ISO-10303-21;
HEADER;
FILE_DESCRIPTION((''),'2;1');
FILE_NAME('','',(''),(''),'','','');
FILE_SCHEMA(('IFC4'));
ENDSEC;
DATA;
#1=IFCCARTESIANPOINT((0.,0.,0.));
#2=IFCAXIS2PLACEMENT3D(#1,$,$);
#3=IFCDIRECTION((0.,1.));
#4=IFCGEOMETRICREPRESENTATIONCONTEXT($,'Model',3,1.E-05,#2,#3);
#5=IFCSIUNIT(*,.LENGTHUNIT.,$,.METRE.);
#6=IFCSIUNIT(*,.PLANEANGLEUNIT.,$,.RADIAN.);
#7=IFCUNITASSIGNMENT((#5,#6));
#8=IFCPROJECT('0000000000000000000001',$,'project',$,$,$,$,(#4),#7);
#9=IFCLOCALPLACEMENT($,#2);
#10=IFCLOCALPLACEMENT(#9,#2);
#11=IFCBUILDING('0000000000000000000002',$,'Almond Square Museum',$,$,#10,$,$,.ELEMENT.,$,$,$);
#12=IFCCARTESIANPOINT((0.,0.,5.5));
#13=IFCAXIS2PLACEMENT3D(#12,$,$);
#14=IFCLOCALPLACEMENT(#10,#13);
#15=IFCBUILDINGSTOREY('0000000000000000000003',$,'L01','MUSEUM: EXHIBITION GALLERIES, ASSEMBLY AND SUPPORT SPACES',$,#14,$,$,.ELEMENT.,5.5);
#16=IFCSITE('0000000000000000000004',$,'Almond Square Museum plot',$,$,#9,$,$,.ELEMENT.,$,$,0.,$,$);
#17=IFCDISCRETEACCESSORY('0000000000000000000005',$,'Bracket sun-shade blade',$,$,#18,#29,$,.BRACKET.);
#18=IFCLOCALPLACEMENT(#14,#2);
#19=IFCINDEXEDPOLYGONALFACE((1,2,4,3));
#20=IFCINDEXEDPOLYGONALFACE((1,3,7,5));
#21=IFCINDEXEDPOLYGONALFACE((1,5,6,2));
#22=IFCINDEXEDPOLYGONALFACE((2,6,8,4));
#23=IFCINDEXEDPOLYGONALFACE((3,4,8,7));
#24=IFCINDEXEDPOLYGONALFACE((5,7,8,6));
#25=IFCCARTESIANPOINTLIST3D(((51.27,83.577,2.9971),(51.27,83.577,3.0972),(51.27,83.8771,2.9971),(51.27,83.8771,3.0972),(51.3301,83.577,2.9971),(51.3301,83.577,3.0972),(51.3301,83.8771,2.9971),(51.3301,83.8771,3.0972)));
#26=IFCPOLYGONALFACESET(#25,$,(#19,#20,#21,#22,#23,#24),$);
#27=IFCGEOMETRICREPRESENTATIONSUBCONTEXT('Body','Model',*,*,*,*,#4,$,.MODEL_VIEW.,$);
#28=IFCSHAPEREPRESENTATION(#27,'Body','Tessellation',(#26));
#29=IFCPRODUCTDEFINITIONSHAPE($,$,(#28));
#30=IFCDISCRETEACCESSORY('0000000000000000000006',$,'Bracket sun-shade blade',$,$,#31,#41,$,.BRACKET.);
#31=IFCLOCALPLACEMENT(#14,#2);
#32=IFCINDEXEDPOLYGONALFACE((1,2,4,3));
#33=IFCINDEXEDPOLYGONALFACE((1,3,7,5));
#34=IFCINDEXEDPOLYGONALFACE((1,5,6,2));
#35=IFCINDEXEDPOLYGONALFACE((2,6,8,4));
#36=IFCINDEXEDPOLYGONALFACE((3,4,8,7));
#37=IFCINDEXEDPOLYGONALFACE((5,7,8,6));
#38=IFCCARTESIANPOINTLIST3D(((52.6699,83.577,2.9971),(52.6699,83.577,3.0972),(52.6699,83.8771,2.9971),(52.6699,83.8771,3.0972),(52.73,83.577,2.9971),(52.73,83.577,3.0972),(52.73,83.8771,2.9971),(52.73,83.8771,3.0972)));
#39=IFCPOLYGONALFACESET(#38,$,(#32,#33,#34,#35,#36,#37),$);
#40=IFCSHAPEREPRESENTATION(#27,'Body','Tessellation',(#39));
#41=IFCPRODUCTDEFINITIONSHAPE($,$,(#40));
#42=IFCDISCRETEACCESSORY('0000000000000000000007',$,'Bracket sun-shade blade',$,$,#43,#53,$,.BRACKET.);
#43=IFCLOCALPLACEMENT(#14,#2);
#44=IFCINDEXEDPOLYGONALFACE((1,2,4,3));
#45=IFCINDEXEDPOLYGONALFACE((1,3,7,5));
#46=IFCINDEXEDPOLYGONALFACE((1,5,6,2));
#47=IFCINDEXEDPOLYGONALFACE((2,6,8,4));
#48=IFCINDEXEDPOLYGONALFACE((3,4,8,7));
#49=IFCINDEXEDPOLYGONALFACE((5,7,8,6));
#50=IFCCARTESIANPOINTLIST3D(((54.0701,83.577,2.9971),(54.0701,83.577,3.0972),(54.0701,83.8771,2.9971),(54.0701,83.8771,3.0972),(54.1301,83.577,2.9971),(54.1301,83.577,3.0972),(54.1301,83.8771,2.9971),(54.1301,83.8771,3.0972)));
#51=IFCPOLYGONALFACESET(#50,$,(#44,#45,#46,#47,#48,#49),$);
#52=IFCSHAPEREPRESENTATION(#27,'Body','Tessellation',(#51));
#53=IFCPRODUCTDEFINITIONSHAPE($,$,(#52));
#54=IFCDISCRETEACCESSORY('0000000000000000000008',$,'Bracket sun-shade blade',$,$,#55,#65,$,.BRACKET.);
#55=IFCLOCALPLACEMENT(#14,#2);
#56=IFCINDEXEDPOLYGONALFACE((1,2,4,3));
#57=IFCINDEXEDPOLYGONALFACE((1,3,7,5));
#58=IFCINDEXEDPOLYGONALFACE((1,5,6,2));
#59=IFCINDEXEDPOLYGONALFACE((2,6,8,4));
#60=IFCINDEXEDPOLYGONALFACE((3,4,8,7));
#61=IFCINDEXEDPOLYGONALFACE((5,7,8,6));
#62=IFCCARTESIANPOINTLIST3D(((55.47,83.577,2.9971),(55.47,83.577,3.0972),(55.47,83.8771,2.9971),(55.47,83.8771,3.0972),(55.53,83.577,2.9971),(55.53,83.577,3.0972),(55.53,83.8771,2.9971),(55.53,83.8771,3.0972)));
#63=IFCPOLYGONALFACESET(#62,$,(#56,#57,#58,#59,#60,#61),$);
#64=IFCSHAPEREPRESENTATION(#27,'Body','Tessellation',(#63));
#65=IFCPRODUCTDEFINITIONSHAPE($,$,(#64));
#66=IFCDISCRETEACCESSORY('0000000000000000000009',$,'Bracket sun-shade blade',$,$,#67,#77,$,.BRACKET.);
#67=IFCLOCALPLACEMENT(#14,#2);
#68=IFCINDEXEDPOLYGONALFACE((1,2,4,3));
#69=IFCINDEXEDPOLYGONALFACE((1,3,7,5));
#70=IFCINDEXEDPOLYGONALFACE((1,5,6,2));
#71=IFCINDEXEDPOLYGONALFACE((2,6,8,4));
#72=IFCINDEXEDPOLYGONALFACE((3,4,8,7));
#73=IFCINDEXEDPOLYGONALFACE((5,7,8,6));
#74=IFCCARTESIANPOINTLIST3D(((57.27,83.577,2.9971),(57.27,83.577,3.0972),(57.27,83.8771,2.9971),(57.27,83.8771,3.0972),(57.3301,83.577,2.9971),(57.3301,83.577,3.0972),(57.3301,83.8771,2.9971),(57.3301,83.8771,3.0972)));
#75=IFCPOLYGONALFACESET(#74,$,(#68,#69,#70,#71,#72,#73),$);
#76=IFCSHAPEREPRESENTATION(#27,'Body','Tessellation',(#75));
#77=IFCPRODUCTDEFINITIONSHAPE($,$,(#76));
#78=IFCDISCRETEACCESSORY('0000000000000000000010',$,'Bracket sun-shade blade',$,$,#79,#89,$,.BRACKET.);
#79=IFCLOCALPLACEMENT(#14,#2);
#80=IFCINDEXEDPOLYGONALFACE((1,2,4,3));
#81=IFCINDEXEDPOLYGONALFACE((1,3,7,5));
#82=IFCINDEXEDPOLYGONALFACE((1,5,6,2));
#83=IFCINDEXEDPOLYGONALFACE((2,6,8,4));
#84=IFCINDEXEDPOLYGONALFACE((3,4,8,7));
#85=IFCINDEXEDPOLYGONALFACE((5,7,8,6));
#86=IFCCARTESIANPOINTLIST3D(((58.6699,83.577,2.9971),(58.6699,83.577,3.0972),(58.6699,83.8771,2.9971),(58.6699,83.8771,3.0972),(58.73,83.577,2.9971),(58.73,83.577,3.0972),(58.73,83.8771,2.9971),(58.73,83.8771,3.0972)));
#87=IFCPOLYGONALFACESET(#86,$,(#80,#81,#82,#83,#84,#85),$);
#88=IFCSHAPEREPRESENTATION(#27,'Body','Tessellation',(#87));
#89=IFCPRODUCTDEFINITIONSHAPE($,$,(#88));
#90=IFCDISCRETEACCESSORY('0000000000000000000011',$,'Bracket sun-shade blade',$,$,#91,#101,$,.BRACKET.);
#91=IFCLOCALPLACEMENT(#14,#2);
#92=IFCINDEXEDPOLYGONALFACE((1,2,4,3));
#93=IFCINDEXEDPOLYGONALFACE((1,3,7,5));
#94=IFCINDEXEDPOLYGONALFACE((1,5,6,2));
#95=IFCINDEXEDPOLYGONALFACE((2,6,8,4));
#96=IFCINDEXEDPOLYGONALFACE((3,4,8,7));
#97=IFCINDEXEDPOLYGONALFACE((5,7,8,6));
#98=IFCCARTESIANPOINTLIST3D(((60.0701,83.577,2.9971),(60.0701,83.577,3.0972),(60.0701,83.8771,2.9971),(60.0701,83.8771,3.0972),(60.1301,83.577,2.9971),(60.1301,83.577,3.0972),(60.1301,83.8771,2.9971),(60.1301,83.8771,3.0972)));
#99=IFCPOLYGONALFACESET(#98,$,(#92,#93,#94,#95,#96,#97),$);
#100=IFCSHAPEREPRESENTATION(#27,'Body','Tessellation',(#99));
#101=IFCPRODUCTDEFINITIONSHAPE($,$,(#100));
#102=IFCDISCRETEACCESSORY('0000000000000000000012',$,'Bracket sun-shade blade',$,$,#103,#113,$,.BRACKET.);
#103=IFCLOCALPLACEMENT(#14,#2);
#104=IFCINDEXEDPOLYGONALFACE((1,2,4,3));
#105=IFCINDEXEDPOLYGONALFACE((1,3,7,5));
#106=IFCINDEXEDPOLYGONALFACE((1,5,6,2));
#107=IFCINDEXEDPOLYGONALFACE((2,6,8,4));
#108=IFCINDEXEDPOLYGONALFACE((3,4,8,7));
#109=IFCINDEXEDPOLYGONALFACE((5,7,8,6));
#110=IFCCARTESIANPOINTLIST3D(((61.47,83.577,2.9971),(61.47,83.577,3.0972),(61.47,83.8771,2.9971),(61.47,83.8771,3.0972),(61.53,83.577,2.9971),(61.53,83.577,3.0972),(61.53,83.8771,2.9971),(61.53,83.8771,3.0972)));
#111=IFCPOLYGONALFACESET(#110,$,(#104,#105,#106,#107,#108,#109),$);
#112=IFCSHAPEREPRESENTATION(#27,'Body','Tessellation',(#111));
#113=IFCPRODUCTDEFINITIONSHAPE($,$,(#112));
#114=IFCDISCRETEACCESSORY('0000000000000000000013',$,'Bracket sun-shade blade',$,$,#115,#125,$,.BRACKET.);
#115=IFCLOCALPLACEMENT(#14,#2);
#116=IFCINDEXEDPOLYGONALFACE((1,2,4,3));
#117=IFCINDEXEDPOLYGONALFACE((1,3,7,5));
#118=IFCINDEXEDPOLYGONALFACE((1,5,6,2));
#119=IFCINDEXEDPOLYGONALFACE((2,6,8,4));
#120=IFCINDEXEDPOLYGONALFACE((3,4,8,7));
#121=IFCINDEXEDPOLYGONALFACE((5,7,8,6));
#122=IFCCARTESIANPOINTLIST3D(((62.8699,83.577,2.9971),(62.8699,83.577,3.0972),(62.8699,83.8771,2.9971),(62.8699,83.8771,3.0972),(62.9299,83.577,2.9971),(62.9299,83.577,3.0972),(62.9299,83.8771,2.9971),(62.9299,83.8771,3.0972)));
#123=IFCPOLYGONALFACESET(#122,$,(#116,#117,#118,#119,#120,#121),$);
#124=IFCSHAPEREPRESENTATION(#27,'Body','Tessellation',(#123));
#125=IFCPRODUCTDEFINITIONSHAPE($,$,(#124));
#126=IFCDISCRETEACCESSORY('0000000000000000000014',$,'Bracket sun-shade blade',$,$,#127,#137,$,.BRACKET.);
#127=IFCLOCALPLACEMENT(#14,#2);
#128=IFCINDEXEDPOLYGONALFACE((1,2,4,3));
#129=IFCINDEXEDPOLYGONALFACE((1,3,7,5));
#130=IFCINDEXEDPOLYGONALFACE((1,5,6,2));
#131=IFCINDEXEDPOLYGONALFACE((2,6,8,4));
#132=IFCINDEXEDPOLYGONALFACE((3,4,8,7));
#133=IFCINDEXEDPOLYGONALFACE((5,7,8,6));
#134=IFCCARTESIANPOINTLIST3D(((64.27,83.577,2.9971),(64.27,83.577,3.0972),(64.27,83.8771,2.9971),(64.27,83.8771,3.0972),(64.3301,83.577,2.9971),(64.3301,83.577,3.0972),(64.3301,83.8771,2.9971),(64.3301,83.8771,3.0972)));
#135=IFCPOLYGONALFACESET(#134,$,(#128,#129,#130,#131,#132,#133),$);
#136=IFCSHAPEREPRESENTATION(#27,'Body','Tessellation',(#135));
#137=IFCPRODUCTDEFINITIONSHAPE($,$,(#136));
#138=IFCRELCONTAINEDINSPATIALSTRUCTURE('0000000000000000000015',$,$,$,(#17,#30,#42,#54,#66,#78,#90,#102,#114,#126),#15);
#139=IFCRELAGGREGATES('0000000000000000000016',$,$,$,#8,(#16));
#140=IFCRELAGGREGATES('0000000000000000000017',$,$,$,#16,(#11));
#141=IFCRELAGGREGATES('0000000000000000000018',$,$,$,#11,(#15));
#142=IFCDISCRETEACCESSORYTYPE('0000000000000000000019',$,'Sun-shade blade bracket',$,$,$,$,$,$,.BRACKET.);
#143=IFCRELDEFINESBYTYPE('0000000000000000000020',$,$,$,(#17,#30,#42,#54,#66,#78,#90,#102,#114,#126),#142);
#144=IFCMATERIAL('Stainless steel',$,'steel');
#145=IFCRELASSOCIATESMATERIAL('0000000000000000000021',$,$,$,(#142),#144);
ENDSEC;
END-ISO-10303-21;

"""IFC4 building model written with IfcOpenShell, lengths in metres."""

from ifc_helpers import new_model, si_unit, direction, frame, origin, origin_2d, place, context, subcontext, project, spatial, rectangle, extrude, material, type_object, element, save


model = new_model("IFC4")

# Units and contexts
model_context = context("Model", 3, precision=1e-05, world=origin(), true_north=direction((0.0, 1.0)))
body_context = subcontext(model_context, "Body", "Model", "MODEL_VIEW")
ifc_project = project(units=[si_unit("LENGTHUNIT", "METRE"), si_unit("PLANEANGLEUNIT", "RADIAN")], contexts=[model_context])

# Site, building, storey
site_placement = place(None, origin())
site = spatial("IfcSite", under=ifc_project, at=site_placement, Name="Almond Square Museum plot", CompositionType="ELEMENT", RefElevation=0.0)
building_placement = place(site_placement, origin())
building = spatial("IfcBuilding", under=site, at=building_placement, Name="Almond Square Museum", CompositionType="ELEMENT")
storey_placement = place(building_placement, frame((0.0, 0.0, 5.5)))
storey = spatial("IfcBuildingStorey", under=building, at=storey_placement, Name="L01", Description="MUSEUM: EXHIBITION GALLERIES, ASSEMBLY AND SUPPORT SPACES", CompositionType="ELEMENT", Elevation=5.5)

# Discrete accessories
ifc_material_1 = material(Name="Stainless steel", Category="steel")
discrete_accessory_type = type_object("IfcDiscreteAccessoryType", Name="Sun-shade blade bracket", PredefinedType="BRACKET", material=ifc_material_1)
for number, where, z_axis, x_axis, name in (
    (1, (51.3, 83.7271, 2.9971), (0.0, 0.0, 1.0), (1.0, 0.0, 0.0), "Bracket sun-shade blade"),
    (2, (52.7, 83.7271, 2.9971), (0.0, 0.0, 1.0), (1.0, 0.0, 0.0), "Bracket sun-shade blade"),
    (3, (54.1001, 83.7271, 2.9971), (0.0, 0.0, 1.0), (1.0, 0.0, 0.0), "Bracket sun-shade blade"),
    (4, (55.5, 83.7271, 2.9971), (0.0, 0.0, 1.0), (1.0, 0.0, 0.0), "Bracket sun-shade blade"),
    (5, (57.3, 83.7271, 2.9971), (0.0, 0.0, 1.0), (1.0, 0.0, 0.0), "Bracket sun-shade blade"),
    (6, (58.7, 83.7271, 2.9971), (0.0, 0.0, 1.0), (1.0, 0.0, 0.0), "Bracket sun-shade blade"),
    (7, (60.1001, 83.7271, 2.9971), (0.0, 0.0, 1.0), (1.0, 0.0, 0.0), "Bracket sun-shade blade"),
    (8, (61.5, 83.7271, 2.9971), (0.0, 0.0, 1.0), (1.0, 0.0, 0.0), "Bracket sun-shade blade"),
    (9, (62.8999, 83.7271, 2.9971), (0.0, 0.0, 1.0), (1.0, 0.0, 0.0), "Bracket sun-shade blade"),
    (10, (64.3, 83.7271, 2.9971), (0.0, 0.0, 1.0), (1.0, 0.0, 0.0), "Bracket sun-shade blade"),
):
    element("IfcDiscreteAccessory", number, at=place(storey_placement, frame(where, z_axis=z_axis, x_axis=x_axis)), inside=storey, type_object=discrete_accessory_type, Name=name, PredefinedType="BRACKET", context=body_context, shape_type="SweptSolid", body=[
        extrude(rectangle(XDim=0.0601, YDim=0.3, at=origin_2d()), origin(), (0.0, 0.0, 1.0), 0.1001),
    ])

save(model, "model.ifc")
